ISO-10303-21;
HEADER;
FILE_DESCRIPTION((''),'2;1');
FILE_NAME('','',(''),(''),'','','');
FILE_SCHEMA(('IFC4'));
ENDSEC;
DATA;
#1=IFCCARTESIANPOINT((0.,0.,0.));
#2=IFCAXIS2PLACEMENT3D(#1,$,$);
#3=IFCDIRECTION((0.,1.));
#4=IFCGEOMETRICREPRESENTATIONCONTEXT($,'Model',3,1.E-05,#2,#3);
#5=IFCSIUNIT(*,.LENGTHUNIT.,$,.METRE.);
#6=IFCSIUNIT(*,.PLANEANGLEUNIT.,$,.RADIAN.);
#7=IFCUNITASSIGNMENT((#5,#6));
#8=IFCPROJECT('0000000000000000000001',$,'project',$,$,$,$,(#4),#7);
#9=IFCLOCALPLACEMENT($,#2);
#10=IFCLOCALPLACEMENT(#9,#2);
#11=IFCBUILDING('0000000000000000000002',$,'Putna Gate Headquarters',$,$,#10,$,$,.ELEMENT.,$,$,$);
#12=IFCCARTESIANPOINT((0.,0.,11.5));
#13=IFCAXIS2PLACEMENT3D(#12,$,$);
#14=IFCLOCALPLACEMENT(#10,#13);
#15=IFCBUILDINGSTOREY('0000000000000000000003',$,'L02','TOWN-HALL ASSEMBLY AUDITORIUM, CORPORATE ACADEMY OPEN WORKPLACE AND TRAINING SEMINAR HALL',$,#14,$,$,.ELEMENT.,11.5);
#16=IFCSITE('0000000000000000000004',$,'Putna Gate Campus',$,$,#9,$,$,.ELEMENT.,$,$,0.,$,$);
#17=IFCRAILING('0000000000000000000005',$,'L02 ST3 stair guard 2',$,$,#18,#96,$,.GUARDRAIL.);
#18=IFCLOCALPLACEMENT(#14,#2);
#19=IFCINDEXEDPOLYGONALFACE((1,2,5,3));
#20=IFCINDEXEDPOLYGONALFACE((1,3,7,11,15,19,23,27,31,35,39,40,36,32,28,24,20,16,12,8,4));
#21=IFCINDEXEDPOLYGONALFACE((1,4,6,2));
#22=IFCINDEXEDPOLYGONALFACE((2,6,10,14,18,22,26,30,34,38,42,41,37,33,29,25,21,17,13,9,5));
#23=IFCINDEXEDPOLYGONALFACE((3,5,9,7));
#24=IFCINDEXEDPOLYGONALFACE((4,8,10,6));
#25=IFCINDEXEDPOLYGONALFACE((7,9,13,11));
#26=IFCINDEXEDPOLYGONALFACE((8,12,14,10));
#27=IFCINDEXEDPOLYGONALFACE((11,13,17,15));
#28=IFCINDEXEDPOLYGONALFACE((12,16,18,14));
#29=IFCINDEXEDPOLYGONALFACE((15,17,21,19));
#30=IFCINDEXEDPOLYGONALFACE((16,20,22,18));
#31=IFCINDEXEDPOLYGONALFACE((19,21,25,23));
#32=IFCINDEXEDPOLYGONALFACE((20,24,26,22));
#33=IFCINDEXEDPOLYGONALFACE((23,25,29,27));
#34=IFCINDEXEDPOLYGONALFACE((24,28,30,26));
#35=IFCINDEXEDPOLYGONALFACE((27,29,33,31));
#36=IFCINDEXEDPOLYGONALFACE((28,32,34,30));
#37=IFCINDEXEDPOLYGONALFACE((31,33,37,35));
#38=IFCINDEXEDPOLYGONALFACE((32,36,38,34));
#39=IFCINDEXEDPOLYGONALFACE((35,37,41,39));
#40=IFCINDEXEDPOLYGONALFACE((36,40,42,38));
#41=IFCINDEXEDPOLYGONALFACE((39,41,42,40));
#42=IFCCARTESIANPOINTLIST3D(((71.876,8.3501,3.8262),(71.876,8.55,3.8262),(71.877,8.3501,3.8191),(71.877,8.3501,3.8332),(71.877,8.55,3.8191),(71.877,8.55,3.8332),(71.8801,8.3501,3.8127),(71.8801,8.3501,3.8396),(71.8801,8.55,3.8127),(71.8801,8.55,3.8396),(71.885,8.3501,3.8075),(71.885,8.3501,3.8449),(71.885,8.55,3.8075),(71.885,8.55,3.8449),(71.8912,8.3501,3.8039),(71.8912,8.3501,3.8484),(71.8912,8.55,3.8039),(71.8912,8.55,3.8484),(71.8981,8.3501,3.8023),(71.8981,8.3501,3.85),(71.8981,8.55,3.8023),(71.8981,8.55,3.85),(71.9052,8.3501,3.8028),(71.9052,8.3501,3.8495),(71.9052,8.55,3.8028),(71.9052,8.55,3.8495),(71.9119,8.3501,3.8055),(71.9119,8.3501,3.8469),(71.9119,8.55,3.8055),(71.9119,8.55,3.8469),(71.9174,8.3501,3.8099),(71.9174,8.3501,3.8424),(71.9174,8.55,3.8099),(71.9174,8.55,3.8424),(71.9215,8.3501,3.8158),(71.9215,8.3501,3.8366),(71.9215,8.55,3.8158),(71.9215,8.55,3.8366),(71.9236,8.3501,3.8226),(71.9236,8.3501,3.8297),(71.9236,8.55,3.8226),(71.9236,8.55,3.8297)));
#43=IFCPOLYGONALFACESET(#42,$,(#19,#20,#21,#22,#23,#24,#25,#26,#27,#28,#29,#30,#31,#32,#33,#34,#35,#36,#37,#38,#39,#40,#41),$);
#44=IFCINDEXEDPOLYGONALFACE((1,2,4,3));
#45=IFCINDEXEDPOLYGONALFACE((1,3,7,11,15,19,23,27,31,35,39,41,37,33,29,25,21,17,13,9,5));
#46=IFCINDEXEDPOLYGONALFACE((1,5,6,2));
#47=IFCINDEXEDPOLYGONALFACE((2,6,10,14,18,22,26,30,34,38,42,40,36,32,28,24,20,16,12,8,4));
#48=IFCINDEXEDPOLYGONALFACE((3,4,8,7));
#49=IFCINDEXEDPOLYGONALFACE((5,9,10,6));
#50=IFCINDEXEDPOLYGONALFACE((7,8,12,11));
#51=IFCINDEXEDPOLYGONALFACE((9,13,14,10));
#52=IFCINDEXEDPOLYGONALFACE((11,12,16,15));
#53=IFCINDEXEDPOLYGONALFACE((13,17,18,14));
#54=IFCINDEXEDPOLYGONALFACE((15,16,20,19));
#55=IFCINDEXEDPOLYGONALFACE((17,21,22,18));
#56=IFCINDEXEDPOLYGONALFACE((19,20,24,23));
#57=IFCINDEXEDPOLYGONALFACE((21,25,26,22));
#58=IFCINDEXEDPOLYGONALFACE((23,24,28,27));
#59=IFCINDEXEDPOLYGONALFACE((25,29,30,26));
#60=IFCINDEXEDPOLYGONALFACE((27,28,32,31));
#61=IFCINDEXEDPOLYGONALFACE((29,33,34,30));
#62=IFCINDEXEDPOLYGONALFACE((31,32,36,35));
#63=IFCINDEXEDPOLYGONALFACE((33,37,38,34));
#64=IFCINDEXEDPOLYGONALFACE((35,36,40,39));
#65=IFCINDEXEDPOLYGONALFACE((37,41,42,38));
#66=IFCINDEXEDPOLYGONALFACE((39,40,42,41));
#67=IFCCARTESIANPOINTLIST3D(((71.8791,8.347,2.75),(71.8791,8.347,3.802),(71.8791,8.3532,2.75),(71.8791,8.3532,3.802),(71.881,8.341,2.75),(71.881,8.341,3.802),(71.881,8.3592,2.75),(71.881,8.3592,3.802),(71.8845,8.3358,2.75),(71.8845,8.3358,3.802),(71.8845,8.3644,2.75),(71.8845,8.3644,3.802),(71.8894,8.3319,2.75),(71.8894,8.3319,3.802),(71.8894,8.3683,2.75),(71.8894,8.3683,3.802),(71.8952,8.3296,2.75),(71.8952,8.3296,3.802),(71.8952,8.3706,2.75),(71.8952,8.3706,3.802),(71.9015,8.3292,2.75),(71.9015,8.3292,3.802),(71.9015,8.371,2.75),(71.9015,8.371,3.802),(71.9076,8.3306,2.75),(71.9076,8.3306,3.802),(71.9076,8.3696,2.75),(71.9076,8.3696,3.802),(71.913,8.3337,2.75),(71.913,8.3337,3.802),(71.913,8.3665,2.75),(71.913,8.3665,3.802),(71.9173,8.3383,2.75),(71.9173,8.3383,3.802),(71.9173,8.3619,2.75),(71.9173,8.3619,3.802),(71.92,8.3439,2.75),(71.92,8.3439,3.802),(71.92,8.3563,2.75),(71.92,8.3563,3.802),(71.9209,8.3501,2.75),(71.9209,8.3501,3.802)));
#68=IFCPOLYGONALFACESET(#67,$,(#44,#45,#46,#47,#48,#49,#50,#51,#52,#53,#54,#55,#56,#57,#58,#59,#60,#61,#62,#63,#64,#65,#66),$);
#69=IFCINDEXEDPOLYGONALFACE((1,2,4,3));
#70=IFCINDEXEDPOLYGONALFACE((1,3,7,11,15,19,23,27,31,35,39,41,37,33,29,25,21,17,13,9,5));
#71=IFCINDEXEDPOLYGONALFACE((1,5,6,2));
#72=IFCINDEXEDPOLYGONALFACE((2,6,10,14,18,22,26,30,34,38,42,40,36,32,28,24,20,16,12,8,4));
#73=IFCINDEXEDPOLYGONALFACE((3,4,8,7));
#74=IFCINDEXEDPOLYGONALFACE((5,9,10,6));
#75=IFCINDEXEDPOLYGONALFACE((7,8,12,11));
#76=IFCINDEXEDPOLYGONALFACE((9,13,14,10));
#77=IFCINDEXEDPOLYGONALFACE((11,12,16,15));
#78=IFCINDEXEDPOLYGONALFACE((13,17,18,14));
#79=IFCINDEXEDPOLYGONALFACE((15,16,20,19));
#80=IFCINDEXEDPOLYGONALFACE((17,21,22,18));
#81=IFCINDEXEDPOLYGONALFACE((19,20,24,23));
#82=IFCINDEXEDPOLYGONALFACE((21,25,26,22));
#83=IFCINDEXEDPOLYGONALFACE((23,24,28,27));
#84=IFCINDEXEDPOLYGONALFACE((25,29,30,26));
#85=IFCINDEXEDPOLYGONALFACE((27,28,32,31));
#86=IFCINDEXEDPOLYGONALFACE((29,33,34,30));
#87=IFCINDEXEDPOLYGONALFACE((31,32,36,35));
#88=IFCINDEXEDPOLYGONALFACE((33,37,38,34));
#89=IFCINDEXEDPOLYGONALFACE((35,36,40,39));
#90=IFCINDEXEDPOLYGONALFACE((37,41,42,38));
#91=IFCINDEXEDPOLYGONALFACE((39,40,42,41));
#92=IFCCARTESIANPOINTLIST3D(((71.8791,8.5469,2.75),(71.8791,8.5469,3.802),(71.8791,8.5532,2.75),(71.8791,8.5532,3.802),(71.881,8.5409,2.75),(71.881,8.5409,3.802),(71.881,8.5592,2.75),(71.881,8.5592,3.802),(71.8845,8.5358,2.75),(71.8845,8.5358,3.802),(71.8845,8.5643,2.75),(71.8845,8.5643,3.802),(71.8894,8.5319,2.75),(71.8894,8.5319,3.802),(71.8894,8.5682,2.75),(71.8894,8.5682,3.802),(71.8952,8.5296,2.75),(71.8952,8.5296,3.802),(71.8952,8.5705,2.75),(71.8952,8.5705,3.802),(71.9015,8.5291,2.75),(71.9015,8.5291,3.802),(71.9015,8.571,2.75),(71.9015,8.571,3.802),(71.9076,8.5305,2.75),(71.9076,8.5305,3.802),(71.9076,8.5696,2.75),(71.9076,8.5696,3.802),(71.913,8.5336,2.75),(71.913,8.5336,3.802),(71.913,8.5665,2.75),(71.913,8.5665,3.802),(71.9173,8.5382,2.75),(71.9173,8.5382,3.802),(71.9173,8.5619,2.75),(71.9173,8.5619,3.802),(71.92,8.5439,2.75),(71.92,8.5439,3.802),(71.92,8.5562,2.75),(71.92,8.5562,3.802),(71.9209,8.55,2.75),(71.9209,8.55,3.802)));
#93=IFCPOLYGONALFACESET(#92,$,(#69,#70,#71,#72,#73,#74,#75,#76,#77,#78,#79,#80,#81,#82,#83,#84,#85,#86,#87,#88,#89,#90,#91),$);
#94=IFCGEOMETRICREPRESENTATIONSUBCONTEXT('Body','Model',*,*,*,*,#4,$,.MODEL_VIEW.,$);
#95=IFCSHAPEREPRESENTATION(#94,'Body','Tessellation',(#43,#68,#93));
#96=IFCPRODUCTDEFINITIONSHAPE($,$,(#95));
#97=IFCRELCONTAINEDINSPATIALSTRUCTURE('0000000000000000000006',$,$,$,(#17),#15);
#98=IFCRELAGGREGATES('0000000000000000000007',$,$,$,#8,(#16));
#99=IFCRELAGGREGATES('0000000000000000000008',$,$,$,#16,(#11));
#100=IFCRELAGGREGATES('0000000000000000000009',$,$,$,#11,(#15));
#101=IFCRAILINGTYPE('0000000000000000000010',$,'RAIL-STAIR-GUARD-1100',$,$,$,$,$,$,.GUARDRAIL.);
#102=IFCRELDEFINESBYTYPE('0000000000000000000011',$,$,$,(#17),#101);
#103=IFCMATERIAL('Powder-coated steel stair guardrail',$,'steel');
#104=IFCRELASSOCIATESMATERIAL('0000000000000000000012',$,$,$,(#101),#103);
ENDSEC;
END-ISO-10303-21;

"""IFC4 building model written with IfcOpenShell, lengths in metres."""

from ifc_helpers import new_model, si_unit, direction, frame, origin, origin_2d, place, context, subcontext, project, spatial, circle, extrude, material, type_object, element, save


model = new_model("IFC4")

# Units and contexts
model_context = context("Model", 3, precision=1e-05, world=origin(), true_north=direction((0.0, 1.0)))
body_context = subcontext(model_context, "Body", "Model", "MODEL_VIEW")
ifc_project = project(units=[si_unit("LENGTHUNIT", "METRE"), si_unit("PLANEANGLEUNIT", "RADIAN")], contexts=[model_context])

# Site, building, storey
site_placement = place(None, origin())
site = spatial("IfcSite", under=ifc_project, at=site_placement, Name="Putna Gate Campus", CompositionType="ELEMENT", RefElevation=0.0)
building_placement = place(site_placement, origin())
building = spatial("IfcBuilding", under=site, at=building_placement, Name="Putna Gate Headquarters", CompositionType="ELEMENT")
storey_placement = place(building_placement, frame((0.0, 0.0, 11.5)))
storey = spatial("IfcBuildingStorey", under=building, at=storey_placement, Name="L02", Description="TOWN-HALL ASSEMBLY AUDITORIUM, CORPORATE ACADEMY OPEN WORKPLACE AND TRAINING SEMINAR HALL", CompositionType="ELEMENT", Elevation=11.5)

# Railing
ifc_material_1 = material(Name="Powder-coated steel stair guardrail", Category="steel")
railing_type_1 = type_object("IfcRailingType", Name="RAIL-STAIR-GUARD-1100", PredefinedType="GUARDRAIL", material=ifc_material_1)
railing_1_placement = place(storey_placement, frame((71.8999, 8.3501, 2.75)))
element("IfcRailing", 1, at=railing_1_placement, inside=storey, type_object=railing_type_1, Name="L02 ST3 stair guard 2", PredefinedType="GUARDRAIL", context=body_context, shape_type="SweptSolid", body=[
    extrude(circle(Radius=0.0239, at=origin_2d()), frame((0.0, 0.0, 1.0762), z_axis=(0.0, 1.0, 0.0), x_axis=(-1.0, 0.0, 0.0)), (0.0, 0.0, 1.0), 0.2),
    extrude(circle(Radius=0.021, at=origin_2d()), origin(), (0.0, 0.0, 1.0), 1.052),
    extrude(circle(Radius=0.021, at=origin_2d()), frame((0.0, 0.2, 0.0)), (0.0, 0.0, 1.0), 1.052),
])

save(model, "model.ifc")
